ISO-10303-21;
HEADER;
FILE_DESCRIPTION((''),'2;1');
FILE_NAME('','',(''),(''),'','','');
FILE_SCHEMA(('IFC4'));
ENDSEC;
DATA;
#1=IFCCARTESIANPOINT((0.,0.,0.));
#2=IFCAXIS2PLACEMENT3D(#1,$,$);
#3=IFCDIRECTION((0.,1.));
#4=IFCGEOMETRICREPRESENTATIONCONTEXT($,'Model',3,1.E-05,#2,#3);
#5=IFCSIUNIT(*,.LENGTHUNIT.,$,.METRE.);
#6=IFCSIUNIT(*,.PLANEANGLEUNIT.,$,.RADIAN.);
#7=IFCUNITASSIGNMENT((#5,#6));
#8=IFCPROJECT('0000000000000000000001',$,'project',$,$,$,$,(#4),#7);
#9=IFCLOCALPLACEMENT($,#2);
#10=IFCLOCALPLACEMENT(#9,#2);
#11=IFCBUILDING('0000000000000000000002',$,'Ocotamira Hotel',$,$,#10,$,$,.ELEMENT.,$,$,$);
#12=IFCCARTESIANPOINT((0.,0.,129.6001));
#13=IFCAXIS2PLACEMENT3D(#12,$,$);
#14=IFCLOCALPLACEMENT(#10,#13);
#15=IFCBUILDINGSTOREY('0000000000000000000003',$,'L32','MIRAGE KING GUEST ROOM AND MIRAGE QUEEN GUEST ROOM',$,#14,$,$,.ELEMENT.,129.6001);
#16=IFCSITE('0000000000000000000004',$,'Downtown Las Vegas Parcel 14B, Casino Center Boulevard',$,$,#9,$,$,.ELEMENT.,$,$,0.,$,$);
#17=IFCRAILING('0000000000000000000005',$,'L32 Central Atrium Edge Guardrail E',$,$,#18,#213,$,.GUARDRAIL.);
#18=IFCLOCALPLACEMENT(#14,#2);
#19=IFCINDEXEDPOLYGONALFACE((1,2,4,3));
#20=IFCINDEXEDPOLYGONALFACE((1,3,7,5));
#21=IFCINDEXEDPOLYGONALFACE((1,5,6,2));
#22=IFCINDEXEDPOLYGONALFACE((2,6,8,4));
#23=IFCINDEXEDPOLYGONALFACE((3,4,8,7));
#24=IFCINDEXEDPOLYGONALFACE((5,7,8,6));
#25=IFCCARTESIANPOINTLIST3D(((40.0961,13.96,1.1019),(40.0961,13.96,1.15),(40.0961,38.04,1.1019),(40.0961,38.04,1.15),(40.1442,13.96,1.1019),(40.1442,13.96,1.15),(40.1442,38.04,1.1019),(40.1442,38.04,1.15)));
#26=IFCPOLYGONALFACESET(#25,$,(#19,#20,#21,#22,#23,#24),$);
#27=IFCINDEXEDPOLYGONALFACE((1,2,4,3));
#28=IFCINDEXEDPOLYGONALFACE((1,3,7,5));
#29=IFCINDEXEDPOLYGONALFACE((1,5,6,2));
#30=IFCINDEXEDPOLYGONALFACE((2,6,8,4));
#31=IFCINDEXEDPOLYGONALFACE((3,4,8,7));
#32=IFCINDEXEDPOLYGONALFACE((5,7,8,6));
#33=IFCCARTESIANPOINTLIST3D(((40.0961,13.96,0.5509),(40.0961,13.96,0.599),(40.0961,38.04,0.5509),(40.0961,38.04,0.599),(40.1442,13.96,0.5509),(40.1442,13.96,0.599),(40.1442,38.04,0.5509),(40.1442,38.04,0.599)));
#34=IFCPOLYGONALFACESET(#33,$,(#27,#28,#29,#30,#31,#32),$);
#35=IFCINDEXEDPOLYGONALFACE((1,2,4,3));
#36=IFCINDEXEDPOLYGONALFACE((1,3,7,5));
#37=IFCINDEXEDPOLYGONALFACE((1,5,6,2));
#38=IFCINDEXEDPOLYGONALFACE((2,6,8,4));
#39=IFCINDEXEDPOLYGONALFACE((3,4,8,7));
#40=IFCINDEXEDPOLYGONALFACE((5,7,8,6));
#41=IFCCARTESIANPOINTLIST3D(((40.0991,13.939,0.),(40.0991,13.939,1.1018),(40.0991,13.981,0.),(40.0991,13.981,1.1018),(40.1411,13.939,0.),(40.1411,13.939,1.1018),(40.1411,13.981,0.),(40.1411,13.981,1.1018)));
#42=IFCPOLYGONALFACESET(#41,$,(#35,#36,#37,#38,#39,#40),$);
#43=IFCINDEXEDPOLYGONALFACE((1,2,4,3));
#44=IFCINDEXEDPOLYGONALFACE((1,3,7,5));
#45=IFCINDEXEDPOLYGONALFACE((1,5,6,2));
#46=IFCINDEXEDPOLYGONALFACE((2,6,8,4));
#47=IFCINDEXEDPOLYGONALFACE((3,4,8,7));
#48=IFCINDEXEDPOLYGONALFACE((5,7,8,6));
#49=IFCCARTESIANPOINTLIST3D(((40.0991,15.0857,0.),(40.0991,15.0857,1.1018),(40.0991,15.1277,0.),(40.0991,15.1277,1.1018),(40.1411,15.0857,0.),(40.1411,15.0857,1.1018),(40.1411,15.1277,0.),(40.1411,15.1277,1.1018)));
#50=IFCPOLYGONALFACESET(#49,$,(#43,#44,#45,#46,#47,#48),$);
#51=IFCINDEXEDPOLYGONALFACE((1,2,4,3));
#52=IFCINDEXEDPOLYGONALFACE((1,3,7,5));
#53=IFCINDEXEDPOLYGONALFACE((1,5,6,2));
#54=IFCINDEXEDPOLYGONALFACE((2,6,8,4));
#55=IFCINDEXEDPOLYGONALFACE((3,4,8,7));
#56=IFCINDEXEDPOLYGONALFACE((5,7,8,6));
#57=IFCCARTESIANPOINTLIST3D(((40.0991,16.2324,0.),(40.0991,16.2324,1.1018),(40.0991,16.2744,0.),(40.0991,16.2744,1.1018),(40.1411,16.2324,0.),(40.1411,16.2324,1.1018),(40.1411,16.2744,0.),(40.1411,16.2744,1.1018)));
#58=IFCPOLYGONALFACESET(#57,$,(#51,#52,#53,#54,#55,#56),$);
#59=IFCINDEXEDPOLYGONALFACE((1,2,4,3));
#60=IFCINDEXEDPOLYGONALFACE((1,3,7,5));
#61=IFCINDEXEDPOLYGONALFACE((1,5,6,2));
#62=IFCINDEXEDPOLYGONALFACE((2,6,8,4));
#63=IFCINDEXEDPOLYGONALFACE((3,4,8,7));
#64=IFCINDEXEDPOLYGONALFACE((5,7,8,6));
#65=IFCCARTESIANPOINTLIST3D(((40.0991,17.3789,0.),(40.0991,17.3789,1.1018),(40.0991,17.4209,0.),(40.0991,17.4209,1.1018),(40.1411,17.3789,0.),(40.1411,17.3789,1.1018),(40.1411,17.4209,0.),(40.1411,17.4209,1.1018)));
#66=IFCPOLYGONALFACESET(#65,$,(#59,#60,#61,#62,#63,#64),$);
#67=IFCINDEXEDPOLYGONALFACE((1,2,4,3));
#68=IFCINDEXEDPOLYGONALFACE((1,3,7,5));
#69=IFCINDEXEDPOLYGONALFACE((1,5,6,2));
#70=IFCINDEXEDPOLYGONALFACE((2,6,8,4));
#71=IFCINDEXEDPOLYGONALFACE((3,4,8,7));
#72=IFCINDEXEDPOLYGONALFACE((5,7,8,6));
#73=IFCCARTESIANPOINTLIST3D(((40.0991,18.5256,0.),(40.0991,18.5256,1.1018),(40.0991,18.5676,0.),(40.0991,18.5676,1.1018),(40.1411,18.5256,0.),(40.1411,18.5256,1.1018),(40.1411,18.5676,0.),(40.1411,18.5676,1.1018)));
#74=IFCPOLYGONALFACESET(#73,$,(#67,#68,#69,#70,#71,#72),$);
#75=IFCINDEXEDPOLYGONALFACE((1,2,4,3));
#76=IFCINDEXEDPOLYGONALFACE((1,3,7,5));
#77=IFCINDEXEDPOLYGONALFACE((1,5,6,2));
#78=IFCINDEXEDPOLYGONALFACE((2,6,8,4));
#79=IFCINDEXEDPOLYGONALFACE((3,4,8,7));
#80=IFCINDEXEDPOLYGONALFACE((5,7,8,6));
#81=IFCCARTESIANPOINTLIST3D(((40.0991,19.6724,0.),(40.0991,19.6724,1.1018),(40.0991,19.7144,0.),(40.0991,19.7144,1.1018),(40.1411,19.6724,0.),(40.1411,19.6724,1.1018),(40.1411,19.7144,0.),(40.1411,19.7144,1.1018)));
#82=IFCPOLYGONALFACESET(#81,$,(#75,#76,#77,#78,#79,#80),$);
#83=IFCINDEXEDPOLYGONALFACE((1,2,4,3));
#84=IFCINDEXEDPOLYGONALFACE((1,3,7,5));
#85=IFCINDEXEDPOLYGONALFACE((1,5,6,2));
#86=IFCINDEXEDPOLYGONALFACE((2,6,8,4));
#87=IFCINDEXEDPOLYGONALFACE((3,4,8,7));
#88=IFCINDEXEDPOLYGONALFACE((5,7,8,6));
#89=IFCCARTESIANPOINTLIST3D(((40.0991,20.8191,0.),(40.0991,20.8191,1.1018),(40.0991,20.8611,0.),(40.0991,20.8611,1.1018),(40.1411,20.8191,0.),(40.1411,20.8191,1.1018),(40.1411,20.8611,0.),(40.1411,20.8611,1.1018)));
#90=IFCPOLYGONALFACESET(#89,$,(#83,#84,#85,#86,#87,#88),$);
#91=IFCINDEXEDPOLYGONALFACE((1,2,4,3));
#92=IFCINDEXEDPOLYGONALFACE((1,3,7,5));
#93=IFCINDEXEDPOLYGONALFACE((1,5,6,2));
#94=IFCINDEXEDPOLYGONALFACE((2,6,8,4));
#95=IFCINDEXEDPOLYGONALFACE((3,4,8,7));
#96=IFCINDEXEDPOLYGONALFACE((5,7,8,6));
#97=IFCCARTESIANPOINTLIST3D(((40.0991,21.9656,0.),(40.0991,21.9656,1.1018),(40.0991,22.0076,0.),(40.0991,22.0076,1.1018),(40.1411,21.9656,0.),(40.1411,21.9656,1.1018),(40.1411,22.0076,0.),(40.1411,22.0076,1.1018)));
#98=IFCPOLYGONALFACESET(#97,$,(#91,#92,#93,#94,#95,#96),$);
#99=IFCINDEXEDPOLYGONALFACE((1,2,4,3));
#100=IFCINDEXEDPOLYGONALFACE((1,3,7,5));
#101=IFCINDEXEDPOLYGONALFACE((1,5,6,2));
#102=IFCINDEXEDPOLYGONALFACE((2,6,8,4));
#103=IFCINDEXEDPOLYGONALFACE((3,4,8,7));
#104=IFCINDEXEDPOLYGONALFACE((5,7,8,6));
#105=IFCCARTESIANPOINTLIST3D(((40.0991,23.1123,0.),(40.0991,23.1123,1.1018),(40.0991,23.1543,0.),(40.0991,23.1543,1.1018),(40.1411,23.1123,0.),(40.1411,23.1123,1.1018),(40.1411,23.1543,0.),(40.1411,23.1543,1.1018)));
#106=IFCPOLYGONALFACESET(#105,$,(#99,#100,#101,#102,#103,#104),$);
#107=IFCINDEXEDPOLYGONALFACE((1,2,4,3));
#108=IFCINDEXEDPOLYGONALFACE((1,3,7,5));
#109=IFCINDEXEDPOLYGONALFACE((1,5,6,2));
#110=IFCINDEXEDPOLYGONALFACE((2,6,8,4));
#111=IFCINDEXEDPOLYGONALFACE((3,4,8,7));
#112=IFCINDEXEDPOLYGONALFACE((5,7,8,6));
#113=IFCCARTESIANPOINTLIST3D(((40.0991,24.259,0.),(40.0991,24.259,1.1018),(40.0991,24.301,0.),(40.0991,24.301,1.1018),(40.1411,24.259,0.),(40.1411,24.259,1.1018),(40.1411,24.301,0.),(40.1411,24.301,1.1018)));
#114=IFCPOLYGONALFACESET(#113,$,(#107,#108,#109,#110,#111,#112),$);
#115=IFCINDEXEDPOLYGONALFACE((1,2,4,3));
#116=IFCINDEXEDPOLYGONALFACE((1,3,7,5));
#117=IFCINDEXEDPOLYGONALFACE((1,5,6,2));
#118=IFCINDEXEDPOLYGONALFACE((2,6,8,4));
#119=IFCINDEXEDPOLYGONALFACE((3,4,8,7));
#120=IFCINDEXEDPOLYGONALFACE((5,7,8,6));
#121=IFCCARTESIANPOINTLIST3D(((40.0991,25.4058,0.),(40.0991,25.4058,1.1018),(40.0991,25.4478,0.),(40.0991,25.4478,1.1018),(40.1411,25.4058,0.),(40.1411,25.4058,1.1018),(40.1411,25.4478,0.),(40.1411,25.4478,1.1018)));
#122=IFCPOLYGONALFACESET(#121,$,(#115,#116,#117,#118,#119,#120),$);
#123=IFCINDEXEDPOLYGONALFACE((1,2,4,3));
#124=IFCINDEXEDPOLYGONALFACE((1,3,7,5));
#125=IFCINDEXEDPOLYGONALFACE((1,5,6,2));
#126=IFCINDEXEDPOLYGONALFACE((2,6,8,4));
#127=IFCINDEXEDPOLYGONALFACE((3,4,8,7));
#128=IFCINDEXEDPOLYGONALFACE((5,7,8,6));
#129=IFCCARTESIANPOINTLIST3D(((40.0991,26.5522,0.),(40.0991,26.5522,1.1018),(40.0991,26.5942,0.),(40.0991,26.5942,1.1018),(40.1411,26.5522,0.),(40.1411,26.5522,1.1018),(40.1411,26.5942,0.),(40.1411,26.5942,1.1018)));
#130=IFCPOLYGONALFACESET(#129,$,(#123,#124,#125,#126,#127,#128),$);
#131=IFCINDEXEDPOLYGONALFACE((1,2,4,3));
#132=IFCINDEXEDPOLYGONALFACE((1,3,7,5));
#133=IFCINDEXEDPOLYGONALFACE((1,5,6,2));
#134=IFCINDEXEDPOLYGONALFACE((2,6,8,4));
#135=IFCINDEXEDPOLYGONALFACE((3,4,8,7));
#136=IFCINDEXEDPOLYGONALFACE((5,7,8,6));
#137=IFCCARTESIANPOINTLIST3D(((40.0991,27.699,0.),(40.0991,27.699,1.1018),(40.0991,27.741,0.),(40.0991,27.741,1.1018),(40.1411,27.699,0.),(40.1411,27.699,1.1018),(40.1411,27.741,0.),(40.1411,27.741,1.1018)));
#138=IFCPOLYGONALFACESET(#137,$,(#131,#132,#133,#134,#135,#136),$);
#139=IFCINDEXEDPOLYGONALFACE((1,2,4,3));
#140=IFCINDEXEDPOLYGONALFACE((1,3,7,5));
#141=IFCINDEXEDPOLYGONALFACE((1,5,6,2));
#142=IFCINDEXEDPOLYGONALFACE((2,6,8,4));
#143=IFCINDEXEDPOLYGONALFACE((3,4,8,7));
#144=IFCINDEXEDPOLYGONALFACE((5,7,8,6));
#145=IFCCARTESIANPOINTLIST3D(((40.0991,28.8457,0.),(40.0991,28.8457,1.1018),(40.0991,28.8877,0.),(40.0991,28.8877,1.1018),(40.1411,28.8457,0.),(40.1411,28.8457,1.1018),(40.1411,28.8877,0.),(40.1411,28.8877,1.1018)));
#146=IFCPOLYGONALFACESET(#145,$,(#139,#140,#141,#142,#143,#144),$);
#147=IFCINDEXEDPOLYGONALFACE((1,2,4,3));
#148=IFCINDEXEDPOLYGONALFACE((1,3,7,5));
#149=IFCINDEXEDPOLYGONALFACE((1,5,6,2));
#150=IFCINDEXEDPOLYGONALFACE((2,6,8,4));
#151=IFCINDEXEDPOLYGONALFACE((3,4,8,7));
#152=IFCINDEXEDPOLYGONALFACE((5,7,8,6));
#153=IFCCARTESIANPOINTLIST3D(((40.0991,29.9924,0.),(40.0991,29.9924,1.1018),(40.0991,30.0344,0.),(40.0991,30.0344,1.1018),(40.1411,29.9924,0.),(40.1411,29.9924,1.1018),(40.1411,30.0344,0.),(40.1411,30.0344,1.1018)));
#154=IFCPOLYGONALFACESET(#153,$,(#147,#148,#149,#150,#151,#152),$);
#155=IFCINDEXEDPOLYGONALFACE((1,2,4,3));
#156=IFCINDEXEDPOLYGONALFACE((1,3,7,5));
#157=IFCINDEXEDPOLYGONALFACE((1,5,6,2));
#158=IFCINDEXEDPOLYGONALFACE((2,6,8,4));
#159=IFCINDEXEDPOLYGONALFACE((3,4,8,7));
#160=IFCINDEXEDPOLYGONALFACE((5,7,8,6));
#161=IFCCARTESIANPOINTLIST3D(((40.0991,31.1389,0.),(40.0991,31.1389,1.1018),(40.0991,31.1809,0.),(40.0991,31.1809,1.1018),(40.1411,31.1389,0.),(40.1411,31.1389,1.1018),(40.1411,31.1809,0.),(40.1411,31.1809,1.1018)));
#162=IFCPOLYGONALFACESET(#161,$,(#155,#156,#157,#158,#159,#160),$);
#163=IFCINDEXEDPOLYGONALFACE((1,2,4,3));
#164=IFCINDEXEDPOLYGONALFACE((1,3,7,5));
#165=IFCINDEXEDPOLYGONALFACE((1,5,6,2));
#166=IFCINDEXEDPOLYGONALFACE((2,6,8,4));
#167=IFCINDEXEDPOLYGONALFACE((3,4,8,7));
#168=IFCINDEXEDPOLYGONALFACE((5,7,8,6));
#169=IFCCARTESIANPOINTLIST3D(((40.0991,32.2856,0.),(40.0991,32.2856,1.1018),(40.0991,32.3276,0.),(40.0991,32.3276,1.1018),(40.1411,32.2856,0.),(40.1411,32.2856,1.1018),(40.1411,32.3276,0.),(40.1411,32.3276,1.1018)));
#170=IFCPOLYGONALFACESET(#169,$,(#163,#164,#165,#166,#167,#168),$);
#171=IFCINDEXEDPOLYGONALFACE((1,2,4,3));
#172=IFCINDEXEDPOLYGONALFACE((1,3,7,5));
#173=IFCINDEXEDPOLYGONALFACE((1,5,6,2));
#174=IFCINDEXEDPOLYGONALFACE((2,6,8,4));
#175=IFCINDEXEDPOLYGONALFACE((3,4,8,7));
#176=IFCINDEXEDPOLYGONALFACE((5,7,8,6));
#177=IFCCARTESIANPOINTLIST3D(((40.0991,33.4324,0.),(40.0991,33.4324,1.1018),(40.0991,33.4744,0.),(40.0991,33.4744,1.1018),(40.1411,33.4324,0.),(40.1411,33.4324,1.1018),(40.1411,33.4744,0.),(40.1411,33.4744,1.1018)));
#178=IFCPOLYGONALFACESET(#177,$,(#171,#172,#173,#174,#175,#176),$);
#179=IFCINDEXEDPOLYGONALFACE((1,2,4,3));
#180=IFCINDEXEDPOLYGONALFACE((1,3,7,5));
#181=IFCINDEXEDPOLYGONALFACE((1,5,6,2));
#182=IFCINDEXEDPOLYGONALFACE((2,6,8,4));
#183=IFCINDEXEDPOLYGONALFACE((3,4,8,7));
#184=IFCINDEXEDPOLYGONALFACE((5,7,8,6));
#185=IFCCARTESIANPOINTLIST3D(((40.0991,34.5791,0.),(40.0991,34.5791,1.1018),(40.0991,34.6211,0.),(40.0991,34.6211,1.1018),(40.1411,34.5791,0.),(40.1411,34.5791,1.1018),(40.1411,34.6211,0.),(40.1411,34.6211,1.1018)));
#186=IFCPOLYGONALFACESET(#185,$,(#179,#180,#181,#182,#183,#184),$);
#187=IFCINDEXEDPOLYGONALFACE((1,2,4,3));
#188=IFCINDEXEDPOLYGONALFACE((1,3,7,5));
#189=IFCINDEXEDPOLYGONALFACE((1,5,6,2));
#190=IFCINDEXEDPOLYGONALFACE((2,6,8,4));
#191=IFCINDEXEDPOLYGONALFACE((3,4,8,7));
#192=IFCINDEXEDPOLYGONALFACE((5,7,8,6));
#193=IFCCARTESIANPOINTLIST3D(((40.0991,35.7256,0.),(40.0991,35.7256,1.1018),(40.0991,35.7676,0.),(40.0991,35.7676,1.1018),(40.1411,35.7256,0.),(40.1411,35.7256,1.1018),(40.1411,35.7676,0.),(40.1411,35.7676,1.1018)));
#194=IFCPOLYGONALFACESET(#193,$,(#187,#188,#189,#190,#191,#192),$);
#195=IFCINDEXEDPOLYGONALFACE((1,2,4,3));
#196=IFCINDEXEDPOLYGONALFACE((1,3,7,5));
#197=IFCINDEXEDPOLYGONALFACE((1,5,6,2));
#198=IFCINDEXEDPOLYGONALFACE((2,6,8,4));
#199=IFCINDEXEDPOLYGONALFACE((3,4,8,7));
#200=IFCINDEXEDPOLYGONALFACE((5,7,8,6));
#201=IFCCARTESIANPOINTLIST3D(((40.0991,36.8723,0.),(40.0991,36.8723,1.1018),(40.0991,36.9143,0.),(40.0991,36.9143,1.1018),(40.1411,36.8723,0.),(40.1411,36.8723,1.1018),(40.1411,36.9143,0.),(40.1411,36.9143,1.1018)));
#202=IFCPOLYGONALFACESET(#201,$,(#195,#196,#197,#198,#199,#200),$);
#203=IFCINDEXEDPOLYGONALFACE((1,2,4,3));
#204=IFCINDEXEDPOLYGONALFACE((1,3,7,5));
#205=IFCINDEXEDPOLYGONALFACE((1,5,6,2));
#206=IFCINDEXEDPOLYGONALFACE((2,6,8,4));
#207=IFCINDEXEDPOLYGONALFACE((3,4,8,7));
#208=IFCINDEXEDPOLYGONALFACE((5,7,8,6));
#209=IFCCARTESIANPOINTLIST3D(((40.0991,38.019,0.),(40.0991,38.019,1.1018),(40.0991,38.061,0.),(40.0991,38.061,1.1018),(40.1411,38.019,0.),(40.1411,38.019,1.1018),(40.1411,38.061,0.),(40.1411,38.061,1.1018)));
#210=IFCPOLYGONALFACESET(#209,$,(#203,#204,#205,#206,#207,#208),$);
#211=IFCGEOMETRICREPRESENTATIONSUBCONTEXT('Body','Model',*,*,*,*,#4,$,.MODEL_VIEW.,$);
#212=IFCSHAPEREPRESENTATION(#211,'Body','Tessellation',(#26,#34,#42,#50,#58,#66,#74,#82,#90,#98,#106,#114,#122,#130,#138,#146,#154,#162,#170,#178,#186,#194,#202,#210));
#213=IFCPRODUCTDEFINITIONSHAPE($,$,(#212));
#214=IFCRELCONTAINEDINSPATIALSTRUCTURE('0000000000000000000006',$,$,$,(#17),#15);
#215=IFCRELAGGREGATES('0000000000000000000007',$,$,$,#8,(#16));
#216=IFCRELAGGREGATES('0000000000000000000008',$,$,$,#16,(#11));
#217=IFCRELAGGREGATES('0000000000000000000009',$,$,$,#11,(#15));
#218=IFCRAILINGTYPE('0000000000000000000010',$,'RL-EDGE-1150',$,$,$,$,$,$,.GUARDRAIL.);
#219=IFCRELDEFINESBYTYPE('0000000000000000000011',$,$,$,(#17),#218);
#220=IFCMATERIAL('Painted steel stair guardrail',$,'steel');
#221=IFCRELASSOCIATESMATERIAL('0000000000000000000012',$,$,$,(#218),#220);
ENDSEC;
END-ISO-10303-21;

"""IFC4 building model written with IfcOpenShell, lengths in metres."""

from ifc_helpers import new_model, si_unit, direction, frame, origin, origin_2d, place, context, subcontext, project, spatial, rectangle, extrude, material, type_object, element, save


model = new_model("IFC4")

# Units and contexts
model_context = context("Model", 3, precision=1e-05, world=origin(), true_north=direction((0.0, 1.0)))
body_context = subcontext(model_context, "Body", "Model", "MODEL_VIEW")
ifc_project = project(units=[si_unit("LENGTHUNIT", "METRE"), si_unit("PLANEANGLEUNIT", "RADIAN")], contexts=[model_context])

# Site, building, storey
site_placement = place(None, origin())
site = spatial("IfcSite", under=ifc_project, at=site_placement, Name="Downtown Las Vegas Parcel 14B, Casino Center Boulevard", CompositionType="ELEMENT", RefElevation=0.0)
building_placement = place(site_placement, origin())
building = spatial("IfcBuilding", under=site, at=building_placement, Name="Ocotamira Hotel", CompositionType="ELEMENT")
storey_placement = place(building_placement, frame((0.0, 0.0, 129.6001)))
storey = spatial("IfcBuildingStorey", under=building, at=storey_placement, Name="L32", Description="MIRAGE KING GUEST ROOM AND MIRAGE QUEEN GUEST ROOM", CompositionType="ELEMENT", Elevation=129.6001)

# Railing
ifc_material_1 = material(Name="Painted steel stair guardrail", Category="steel")
railing_type = type_object("IfcRailingType", Name="RL-EDGE-1150", PredefinedType="GUARDRAIL", material=ifc_material_1)
railing_placement = place(storey_placement, frame((40.1201, 13.96, 0.0)))
element("IfcRailing", 1, at=railing_placement, inside=storey, type_object=railing_type, Name="L32 Central Atrium Edge Guardrail E", PredefinedType="GUARDRAIL", context=body_context, shape_type="SweptSolid", body=[
    extrude(rectangle(XDim=0.0481, YDim=0.0481, at=origin_2d()), frame((0.0, 0.0, 1.126), z_axis=(0.0, 1.0, 0.0), x_axis=(-1.0, 0.0, 0.0)), (0.0, 0.0, 1.0), 24.0801),
    extrude(rectangle(XDim=0.0481, YDim=0.0481, at=origin_2d()), frame((0.0, 0.0, 0.575), z_axis=(0.0, 1.0, 0.0), x_axis=(-1.0, 0.0, 0.0)), (0.0, 0.0, 1.0), 24.0801),
    extrude(rectangle(XDim=0.042, YDim=0.042, at=origin_2d()), origin(), (0.0, 0.0, 1.0), 1.1018),
    extrude(rectangle(XDim=0.042, YDim=0.042, at=origin_2d()), frame((0.0, 1.1467, 0.0)), (0.0, 0.0, 1.0), 1.1018),
    extrude(rectangle(XDim=0.042, YDim=0.042, at=origin_2d()), frame((0.0, 2.2935, 0.0)), (0.0, 0.0, 1.0), 1.1018),
    extrude(rectangle(XDim=0.042, YDim=0.042, at=origin_2d()), frame((0.0, 3.4399, 0.0)), (0.0, 0.0, 1.0), 1.1018),
    extrude(rectangle(XDim=0.042, YDim=0.042, at=origin_2d()), frame((0.0, 4.5867, 0.0)), (0.0, 0.0, 1.0), 1.1018),
    extrude(rectangle(XDim=0.042, YDim=0.042, at=origin_2d()), frame((0.0, 5.7334, 0.0)), (0.0, 0.0, 1.0), 1.1018),
    extrude(rectangle(XDim=0.042, YDim=0.042, at=origin_2d()), frame((0.0, 6.8801, 0.0)), (0.0, 0.0, 1.0), 1.1018),
    extrude(rectangle(XDim=0.042, YDim=0.042, at=origin_2d()), frame((0.0, 8.0266, 0.0)), (0.0, 0.0, 1.0), 1.1018),
    extrude(rectangle(XDim=0.042, YDim=0.042, at=origin_2d()), frame((0.0, 9.1733, 0.0)), (0.0, 0.0, 1.0), 1.1018),
    extrude(rectangle(XDim=0.042, YDim=0.042, at=origin_2d()), frame((0.0, 10.3201, 0.0)), (0.0, 0.0, 1.0), 1.1018),
    extrude(rectangle(XDim=0.042, YDim=0.042, at=origin_2d()), frame((0.0, 11.4668, 0.0)), (0.0, 0.0, 1.0), 1.1018),
    extrude(rectangle(XDim=0.042, YDim=0.042, at=origin_2d()), frame((0.0, 12.6133, 0.0)), (0.0, 0.0, 1.0), 1.1018),
    extrude(rectangle(XDim=0.042, YDim=0.042, at=origin_2d()), frame((0.0, 13.76, 0.0)), (0.0, 0.0, 1.0), 1.1018),
    extrude(rectangle(XDim=0.042, YDim=0.042, at=origin_2d()), frame((0.0, 14.9067, 0.0)), (0.0, 0.0, 1.0), 1.1018),
    extrude(rectangle(XDim=0.042, YDim=0.042, at=origin_2d()), frame((0.0, 16.0535, 0.0)), (0.0, 0.0, 1.0), 1.1018),
    extrude(rectangle(XDim=0.042, YDim=0.042, at=origin_2d()), frame((0.0, 17.2, 0.0)), (0.0, 0.0, 1.0), 1.1018),
    extrude(rectangle(XDim=0.042, YDim=0.042, at=origin_2d()), frame((0.0, 18.3467, 0.0)), (0.0, 0.0, 1.0), 1.1018),
    extrude(rectangle(XDim=0.042, YDim=0.042, at=origin_2d()), frame((0.0, 19.4934, 0.0)), (0.0, 0.0, 1.0), 1.1018),
    extrude(rectangle(XDim=0.042, YDim=0.042, at=origin_2d()), frame((0.0, 20.6401, 0.0)), (0.0, 0.0, 1.0), 1.1018),
    extrude(rectangle(XDim=0.042, YDim=0.042, at=origin_2d()), frame((0.0, 21.7866, 0.0)), (0.0, 0.0, 1.0), 1.1018),
    extrude(rectangle(XDim=0.042, YDim=0.042, at=origin_2d()), frame((0.0, 22.9333, 0.0)), (0.0, 0.0, 1.0), 1.1018),
    extrude(rectangle(XDim=0.042, YDim=0.042, at=origin_2d()), frame((0.0, 24.0801, 0.0)), (0.0, 0.0, 1.0), 1.1018),
])

save(model, "model.ifc")
